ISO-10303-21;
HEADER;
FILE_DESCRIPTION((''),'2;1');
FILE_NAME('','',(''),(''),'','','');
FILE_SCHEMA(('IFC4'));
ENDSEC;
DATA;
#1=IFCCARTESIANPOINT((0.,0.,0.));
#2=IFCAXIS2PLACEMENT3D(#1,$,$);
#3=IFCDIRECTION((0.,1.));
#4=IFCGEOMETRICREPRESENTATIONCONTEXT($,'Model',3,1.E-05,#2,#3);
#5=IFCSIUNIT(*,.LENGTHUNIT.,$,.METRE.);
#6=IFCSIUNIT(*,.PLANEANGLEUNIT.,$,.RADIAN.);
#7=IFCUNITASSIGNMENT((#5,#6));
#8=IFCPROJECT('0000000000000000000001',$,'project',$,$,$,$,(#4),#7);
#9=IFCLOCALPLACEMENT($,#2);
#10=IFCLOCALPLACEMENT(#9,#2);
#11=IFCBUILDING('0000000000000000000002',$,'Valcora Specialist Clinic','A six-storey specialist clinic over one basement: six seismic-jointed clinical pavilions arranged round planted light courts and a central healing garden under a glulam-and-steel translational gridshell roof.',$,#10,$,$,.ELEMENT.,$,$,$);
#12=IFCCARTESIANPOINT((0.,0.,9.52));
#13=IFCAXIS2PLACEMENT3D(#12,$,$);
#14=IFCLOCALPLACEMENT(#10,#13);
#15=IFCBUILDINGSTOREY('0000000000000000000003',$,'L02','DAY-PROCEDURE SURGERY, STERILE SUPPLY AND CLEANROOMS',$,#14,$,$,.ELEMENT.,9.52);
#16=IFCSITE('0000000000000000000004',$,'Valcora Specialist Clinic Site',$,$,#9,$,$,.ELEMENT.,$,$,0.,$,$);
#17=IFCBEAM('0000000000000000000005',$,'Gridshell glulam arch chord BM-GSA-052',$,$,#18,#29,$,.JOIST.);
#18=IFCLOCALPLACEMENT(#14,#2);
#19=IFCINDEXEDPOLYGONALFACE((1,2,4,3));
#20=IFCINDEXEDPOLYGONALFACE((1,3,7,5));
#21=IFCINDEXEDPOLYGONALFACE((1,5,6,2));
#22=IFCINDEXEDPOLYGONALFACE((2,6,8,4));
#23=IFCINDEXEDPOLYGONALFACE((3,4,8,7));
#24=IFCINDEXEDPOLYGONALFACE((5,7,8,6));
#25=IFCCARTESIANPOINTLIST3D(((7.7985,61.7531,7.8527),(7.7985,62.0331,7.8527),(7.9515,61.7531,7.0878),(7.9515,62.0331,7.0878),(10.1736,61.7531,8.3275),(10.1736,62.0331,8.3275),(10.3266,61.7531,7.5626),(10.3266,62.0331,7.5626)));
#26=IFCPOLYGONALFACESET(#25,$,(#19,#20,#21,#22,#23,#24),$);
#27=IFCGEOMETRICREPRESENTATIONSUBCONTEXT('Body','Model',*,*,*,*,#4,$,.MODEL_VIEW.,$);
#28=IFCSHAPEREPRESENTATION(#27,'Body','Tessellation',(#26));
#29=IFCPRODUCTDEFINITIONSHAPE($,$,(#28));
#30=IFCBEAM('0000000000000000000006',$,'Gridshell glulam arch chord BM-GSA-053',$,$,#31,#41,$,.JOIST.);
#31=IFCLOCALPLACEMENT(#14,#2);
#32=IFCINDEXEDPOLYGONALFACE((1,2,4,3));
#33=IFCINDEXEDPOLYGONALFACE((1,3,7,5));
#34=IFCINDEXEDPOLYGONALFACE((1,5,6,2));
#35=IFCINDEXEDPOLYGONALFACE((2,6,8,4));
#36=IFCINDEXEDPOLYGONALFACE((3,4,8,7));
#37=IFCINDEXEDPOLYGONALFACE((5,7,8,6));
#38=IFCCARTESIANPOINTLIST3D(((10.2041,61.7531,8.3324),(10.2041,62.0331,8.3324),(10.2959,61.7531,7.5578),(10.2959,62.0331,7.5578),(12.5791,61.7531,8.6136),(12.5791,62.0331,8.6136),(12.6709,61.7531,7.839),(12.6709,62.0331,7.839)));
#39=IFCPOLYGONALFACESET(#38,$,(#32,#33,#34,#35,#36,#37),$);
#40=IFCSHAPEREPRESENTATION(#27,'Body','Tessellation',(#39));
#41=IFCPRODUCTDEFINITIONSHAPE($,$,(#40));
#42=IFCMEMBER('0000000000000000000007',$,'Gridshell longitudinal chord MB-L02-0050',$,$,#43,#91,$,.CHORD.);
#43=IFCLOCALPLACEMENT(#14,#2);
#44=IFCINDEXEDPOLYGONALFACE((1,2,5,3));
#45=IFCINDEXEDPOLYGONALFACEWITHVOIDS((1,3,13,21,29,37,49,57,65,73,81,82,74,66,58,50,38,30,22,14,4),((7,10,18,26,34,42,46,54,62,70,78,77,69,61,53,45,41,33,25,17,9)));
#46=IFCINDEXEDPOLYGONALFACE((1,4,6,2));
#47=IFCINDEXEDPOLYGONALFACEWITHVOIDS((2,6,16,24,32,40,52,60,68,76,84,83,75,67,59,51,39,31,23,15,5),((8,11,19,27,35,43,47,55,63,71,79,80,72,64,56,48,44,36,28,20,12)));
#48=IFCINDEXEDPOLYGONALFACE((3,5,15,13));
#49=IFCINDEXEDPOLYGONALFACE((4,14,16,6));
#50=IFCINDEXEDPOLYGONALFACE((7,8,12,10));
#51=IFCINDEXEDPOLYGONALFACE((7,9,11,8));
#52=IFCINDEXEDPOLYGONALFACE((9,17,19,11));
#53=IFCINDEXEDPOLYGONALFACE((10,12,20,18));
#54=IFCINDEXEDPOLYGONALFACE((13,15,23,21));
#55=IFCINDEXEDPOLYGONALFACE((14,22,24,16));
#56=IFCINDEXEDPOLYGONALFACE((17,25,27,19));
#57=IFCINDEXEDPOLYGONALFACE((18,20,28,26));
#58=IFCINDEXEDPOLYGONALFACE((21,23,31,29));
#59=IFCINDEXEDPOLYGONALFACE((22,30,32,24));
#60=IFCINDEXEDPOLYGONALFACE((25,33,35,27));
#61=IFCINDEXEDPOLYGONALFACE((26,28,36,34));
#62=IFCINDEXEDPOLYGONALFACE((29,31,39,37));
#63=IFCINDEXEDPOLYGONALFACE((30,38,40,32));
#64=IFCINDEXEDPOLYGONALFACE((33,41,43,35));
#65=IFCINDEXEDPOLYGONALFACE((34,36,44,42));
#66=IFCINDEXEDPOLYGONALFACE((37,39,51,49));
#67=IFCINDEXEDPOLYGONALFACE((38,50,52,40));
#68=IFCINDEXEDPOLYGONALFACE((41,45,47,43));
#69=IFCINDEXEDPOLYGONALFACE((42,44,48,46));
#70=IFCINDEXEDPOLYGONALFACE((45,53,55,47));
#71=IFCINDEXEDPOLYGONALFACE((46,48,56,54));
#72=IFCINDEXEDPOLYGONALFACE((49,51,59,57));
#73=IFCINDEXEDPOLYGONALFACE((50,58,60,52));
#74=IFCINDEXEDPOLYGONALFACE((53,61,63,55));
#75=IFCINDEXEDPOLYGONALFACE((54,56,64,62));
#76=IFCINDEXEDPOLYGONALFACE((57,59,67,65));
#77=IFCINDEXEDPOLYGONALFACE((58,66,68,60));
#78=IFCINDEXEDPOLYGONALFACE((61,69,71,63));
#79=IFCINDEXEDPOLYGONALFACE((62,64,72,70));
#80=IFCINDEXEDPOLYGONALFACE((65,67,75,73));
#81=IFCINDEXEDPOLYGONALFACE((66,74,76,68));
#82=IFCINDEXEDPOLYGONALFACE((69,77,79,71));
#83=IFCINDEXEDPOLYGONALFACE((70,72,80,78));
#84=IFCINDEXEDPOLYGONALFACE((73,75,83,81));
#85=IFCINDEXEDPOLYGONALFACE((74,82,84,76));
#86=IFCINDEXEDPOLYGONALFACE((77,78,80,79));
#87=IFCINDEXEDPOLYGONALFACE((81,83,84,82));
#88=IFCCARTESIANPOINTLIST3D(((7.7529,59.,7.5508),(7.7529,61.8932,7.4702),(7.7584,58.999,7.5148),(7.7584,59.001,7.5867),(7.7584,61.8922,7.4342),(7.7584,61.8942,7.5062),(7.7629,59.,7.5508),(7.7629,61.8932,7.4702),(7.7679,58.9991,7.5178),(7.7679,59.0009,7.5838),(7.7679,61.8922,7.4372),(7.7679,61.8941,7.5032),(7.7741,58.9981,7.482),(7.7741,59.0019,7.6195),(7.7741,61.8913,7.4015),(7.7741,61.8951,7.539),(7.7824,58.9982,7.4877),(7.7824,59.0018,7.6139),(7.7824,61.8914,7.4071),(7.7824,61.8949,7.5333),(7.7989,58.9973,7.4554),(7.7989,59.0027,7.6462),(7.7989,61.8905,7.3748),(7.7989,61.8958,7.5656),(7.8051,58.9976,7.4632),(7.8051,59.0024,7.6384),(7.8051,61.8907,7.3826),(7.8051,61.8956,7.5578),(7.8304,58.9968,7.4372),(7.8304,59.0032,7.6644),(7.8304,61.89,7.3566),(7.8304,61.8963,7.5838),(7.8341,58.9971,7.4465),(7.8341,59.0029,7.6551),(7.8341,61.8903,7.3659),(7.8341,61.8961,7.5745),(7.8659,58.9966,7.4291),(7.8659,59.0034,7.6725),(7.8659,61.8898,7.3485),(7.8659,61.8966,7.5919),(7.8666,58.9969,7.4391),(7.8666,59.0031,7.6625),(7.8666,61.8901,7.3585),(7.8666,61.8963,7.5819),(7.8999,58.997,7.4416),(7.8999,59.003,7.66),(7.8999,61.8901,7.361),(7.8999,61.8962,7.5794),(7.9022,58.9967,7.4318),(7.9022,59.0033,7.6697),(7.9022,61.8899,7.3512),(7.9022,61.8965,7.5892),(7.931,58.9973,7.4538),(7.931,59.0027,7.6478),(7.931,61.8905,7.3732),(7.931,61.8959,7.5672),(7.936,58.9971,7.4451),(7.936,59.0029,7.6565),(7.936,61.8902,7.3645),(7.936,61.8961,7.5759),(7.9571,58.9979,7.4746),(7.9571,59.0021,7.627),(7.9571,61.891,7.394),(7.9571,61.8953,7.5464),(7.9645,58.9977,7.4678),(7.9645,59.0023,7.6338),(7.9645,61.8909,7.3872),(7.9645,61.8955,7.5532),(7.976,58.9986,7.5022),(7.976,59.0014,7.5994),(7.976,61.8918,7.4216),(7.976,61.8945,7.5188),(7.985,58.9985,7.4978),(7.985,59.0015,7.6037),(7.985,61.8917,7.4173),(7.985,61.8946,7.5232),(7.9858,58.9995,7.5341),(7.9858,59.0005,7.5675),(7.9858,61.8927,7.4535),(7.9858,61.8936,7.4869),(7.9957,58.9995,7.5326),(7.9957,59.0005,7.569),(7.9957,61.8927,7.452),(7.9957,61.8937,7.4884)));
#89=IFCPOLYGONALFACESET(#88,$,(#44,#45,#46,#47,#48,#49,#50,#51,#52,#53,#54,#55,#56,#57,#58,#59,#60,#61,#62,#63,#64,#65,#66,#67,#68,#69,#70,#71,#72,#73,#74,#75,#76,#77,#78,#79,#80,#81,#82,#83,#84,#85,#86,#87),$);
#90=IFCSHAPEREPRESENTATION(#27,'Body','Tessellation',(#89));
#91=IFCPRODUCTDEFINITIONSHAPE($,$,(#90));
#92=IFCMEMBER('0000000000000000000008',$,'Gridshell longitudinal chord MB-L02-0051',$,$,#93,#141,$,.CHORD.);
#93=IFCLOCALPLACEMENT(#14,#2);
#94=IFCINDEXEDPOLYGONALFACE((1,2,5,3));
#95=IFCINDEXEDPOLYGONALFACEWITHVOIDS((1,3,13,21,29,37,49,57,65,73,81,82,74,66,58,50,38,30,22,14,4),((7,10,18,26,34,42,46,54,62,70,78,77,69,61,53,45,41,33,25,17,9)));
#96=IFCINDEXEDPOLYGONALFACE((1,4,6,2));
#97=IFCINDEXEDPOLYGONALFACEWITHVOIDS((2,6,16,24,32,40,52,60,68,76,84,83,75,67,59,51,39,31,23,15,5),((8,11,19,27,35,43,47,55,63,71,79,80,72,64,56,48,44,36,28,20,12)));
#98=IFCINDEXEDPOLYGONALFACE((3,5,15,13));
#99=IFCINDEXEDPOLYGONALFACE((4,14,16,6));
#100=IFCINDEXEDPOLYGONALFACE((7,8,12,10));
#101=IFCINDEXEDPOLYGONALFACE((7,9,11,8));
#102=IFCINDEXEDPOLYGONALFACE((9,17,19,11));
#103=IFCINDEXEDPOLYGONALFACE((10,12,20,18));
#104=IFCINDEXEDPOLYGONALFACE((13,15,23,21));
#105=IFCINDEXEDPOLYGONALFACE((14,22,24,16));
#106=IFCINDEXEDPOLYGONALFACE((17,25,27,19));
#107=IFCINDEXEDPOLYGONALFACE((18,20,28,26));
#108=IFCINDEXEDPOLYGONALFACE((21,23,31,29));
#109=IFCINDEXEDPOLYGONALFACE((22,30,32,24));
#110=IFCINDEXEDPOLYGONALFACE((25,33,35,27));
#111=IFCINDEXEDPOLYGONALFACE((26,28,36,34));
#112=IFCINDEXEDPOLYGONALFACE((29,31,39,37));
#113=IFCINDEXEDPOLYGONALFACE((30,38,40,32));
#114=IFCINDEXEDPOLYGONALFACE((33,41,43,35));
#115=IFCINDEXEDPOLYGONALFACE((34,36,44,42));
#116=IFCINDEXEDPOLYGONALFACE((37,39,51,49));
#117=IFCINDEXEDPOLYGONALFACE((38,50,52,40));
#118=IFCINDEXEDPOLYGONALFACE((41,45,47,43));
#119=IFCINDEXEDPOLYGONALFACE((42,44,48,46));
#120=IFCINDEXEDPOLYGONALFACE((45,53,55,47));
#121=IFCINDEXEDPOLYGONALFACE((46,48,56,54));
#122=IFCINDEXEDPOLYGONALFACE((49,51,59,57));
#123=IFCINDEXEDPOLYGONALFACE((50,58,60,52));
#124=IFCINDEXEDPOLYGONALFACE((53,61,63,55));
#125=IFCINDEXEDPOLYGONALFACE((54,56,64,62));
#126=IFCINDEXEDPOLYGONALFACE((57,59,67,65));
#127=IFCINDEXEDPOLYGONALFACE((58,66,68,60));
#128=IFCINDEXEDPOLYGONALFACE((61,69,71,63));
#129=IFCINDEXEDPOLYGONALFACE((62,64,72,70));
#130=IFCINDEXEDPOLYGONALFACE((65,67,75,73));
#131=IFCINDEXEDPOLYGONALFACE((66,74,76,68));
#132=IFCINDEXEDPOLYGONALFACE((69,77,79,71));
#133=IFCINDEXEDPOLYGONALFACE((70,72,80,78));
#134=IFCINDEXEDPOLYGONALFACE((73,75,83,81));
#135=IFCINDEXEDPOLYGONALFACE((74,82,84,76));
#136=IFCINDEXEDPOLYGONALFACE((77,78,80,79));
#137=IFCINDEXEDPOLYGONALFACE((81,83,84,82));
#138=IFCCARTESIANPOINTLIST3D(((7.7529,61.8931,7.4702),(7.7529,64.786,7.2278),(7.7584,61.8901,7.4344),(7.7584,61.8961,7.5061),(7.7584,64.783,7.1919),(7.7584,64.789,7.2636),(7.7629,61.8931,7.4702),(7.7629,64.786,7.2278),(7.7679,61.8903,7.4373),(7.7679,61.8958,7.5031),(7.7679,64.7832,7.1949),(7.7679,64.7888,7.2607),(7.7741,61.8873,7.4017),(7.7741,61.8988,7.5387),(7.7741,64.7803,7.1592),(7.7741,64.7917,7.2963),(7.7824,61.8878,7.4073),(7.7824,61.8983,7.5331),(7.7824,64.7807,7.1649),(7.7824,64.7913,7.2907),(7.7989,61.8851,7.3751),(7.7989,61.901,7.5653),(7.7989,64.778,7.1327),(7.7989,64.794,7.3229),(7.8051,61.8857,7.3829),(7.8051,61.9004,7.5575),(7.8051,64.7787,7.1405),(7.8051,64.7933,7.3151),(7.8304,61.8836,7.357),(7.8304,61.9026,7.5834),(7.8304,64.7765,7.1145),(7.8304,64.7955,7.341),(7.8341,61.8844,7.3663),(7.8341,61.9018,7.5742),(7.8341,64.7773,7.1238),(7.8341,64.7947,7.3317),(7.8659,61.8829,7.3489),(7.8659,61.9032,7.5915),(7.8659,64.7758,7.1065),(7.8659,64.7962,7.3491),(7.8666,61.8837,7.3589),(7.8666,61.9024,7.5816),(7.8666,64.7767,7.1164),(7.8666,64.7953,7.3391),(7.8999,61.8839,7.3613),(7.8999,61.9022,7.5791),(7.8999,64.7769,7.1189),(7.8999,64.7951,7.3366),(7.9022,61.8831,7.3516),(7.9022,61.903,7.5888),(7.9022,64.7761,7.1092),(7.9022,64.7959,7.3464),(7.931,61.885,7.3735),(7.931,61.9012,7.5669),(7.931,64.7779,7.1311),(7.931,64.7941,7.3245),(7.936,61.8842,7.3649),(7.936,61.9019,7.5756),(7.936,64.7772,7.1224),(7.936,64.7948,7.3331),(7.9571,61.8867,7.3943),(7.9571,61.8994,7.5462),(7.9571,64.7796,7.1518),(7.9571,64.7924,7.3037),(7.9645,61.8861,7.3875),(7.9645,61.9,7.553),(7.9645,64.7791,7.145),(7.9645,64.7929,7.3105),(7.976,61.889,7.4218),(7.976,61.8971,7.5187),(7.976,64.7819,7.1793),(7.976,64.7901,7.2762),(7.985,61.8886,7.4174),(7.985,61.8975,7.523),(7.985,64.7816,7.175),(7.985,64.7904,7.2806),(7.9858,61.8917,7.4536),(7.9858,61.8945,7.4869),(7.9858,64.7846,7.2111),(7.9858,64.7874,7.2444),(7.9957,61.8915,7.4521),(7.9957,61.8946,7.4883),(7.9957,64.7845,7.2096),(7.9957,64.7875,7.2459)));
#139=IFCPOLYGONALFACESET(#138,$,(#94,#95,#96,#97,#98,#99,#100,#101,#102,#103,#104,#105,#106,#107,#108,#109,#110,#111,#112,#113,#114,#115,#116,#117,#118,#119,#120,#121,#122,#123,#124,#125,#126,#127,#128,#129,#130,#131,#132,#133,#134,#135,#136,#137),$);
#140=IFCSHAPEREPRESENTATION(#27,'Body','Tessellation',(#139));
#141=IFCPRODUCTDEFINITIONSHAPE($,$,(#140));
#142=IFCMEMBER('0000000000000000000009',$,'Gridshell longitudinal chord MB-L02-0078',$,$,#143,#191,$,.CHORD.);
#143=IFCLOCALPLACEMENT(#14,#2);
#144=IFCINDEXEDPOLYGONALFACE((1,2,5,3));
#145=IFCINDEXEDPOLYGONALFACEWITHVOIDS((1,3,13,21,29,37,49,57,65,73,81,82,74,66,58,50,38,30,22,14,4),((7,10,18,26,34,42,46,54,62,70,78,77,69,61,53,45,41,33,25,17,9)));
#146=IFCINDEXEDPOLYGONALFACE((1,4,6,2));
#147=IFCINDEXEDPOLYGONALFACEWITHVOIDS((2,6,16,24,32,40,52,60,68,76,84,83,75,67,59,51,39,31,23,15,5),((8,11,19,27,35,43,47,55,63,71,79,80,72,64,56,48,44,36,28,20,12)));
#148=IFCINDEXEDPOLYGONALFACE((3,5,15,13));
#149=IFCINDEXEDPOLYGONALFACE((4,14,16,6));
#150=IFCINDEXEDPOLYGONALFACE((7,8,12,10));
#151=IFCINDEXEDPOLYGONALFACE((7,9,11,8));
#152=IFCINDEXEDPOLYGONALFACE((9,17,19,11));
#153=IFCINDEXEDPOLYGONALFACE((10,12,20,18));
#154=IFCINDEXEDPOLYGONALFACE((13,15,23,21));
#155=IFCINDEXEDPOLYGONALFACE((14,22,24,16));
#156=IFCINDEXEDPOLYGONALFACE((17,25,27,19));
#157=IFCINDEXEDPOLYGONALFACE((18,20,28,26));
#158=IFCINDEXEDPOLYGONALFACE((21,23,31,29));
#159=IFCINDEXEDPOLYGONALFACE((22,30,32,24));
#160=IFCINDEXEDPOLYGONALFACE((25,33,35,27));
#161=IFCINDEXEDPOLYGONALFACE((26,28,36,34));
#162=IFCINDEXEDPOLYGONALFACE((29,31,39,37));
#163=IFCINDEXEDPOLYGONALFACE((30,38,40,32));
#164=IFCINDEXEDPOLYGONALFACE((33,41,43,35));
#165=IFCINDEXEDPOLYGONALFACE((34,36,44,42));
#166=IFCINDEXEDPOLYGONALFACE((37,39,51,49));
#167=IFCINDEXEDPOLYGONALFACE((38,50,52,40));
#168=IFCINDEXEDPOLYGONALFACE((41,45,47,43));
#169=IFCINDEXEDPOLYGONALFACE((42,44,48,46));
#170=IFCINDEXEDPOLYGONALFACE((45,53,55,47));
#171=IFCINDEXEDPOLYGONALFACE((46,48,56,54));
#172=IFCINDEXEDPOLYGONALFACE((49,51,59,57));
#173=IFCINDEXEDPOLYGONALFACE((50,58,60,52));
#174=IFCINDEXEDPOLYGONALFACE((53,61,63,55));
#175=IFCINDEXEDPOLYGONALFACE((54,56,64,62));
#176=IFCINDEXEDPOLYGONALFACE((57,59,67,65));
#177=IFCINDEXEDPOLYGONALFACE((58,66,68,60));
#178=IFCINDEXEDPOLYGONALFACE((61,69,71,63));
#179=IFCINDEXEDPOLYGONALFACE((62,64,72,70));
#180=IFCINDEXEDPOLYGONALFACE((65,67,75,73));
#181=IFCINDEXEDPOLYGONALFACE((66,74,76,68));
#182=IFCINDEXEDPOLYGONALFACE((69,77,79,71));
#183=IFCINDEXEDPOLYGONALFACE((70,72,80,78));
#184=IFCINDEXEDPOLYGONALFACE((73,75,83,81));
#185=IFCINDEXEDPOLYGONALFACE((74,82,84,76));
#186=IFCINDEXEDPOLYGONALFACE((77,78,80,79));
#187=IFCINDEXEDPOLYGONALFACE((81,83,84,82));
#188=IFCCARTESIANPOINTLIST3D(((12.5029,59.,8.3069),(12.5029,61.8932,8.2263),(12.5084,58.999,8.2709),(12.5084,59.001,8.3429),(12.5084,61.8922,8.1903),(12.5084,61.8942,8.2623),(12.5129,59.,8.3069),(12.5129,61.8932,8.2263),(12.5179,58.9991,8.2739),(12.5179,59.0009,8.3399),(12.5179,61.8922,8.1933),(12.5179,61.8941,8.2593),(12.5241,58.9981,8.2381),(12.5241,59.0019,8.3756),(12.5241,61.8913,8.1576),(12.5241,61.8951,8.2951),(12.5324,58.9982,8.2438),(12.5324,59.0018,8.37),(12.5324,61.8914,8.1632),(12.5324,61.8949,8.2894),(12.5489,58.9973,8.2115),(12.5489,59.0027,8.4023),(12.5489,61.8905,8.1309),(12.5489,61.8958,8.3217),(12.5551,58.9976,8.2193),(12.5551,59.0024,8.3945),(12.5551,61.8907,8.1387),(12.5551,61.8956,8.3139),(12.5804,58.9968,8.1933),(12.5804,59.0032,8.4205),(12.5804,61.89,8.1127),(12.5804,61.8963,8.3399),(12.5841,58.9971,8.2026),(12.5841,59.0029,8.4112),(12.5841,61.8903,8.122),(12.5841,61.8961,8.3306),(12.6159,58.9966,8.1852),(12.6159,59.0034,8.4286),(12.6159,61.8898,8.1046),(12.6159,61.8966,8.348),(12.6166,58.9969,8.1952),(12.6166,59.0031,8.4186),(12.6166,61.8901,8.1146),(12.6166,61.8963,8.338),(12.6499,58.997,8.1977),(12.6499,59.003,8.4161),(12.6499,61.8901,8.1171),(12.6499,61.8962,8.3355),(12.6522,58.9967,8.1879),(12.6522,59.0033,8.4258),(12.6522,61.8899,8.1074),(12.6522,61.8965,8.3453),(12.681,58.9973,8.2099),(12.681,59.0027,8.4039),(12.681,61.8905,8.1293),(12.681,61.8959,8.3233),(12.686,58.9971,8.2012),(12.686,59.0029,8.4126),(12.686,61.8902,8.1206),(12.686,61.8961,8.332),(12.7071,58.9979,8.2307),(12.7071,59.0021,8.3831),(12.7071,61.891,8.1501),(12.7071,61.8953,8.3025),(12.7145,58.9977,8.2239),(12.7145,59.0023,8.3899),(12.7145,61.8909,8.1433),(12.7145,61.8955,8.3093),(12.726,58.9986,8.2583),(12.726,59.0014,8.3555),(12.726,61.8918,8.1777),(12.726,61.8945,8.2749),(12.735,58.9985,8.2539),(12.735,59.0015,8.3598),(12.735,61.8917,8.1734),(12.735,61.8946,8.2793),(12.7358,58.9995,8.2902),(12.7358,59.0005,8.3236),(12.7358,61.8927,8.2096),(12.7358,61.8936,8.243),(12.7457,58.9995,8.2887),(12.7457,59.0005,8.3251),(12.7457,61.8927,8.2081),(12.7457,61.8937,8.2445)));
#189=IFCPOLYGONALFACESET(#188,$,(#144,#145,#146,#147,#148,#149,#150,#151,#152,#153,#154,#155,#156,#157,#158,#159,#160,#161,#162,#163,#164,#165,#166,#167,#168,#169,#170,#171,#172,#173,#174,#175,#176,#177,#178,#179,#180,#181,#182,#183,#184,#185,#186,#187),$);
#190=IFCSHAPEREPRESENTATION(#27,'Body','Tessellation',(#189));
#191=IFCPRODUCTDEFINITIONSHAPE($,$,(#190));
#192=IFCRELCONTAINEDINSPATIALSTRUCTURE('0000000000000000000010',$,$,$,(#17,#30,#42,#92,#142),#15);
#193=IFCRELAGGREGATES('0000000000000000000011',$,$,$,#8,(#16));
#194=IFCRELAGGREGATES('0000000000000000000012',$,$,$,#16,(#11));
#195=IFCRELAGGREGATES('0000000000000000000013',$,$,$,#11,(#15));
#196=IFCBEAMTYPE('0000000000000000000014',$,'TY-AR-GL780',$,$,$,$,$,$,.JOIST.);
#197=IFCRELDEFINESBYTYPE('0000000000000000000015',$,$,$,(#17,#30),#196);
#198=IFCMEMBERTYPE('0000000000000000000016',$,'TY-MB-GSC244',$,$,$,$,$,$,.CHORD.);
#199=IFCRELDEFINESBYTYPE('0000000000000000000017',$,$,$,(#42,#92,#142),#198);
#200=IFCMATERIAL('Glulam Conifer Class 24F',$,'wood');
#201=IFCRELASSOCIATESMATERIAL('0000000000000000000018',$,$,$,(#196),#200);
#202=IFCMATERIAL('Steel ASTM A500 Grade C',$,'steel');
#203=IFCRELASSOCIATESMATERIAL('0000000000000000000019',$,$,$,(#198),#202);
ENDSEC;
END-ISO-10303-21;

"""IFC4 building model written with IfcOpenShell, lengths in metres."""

from ifc_helpers import new_model, si_unit, direction, frame, origin, origin_2d, place, context, subcontext, project, spatial, rectangle, hollow_circle, extrude, material, material_profile, profile_set, type_object, element, save


model = new_model("IFC4")

# Units and contexts
model_context = context("Model", 3, precision=1e-05, world=origin(), true_north=direction((0.0, 1.0)))
body_context = subcontext(model_context, "Body", "Model", "MODEL_VIEW")
ifc_project = project(units=[si_unit("LENGTHUNIT", "METRE"), si_unit("PLANEANGLEUNIT", "RADIAN")], contexts=[model_context])

# Site, building, storey
site_placement = place(None, origin())
site = spatial("IfcSite", under=ifc_project, at=site_placement, Name="Valcora Specialist Clinic Site", CompositionType="ELEMENT", RefElevation=0.0)
building_placement = place(site_placement, origin())
building = spatial("IfcBuilding", under=site, at=building_placement, Name="Valcora Specialist Clinic", Description="A six-storey specialist clinic over one basement: six seismic-jointed clinical pavilions arranged round planted light courts and a central healing garden under a glulam-and-steel translational gridshell roof.", CompositionType="ELEMENT")
storey_placement = place(building_placement, frame((0.0, 0.0, 9.52)))
storey = spatial("IfcBuildingStorey", under=building, at=storey_placement, Name="L02", Description="DAY-PROCEDURE SURGERY, STERILE SUPPLY AND CLEANROOMS", CompositionType="ELEMENT", Elevation=9.52)

# Beams
ifc_material_1 = material(Name="Glulam Conifer Class 24F", Category="wood")
ifc_material_profile_1 = material_profile(ifc_material_1, rectangle(XDim=0.28, YDim=0.78, at=origin_2d()), Name="GL-ARC-280X780")
ifc_profile_set_1 = profile_set([ifc_material_profile_1], Name="Glulam Conifer Class 24F")
beam_type = type_object("IfcBeamType", Name="TY-AR-GL780", PredefinedType="JOIST", material=ifc_profile_set_1)
beam_1_placement = place(storey_placement, frame((7.875, 61.8931, 7.4702), z_axis=(0.980592, 0.0, 0.196058), x_axis=(0.0, 1.0, 0.0)))
element("IfcBeam", 1, at=beam_1_placement, inside=storey, type_object=beam_type, Name="Gridshell glulam arch chord BM-GSA-052", PredefinedType="JOIST", context=body_context, shape_type="SweptSolid", body=[
    extrude(rectangle(XDim=0.28, YDim=0.78, at=origin_2d()), origin(), (0.0, 0.0, 1.0), 2.4221),
])
beam_2_placement = place(storey_placement, frame((10.25, 61.8931, 7.9451), z_axis=(0.993061, 0.0, 0.117599), x_axis=(0.0, 1.0, 0.0)))
element("IfcBeam", 2, at=beam_2_placement, inside=storey, type_object=beam_type, Name="Gridshell glulam arch chord BM-GSA-053", PredefinedType="JOIST", context=body_context, shape_type="SweptSolid", body=[
    extrude(rectangle(XDim=0.28, YDim=0.78, at=origin_2d()), origin(), (0.0, 0.0, 1.0), 2.3916),
])

# Members
ifc_material_2 = material(Name="Steel ASTM A500 Grade C", Category="steel")
ifc_material_profile_2 = material_profile(ifc_material_2, hollow_circle(Radius=0.1221, WallThickness=0.01, at=origin_2d()), Name="ST-CHS-244X10")
ifc_profile_set_2 = profile_set([ifc_material_profile_2], Name="Steel ASTM A500 Grade C")
member_type_1 = type_object("IfcMemberType", Name="TY-MB-GSC244", PredefinedType="CHORD", material=ifc_profile_set_2)
member_1_placement = place(storey_placement, frame((7.875, 59.0, 7.5508), z_axis=(0.0, 0.999612, -0.027837), x_axis=(-1.0, 0.0, 0.0)))
element("IfcMember", 3, at=member_1_placement, inside=storey, type_object=member_type_1, Name="Gridshell longitudinal chord MB-L02-0050", PredefinedType="CHORD", context=body_context, shape_type="SweptSolid", body=[
    extrude(hollow_circle(Radius=0.1221, WallThickness=0.01, at=origin_2d()), origin(), (0.0, 0.0, 1.0), 2.8943),
])
member_2_placement = place(storey_placement, frame((7.875, 61.8931, 7.4702), z_axis=(0.0, 0.996507, -0.083512), x_axis=(-1.0, 0.0, 0.0)))
element("IfcMember", 4, at=member_2_placement, inside=storey, type_object=member_type_1, Name="Gridshell longitudinal chord MB-L02-0051", PredefinedType="CHORD", context=body_context, shape_type="SweptSolid", body=[
    extrude(hollow_circle(Radius=0.1221, WallThickness=0.01, at=origin_2d()), origin(), (0.0, 0.0, 1.0), 2.9031),
])
member_3_placement = place(storey_placement, frame((12.625, 59.0, 8.3069), z_axis=(0.0, 0.999612, -0.027837), x_axis=(-1.0, 0.0, 0.0)))
element("IfcMember", 5, at=member_3_placement, inside=storey, type_object=member_type_1, Name="Gridshell longitudinal chord MB-L02-0078", PredefinedType="CHORD", context=body_context, shape_type="SweptSolid", body=[
    extrude(hollow_circle(Radius=0.1221, WallThickness=0.01, at=origin_2d()), origin(), (0.0, 0.0, 1.0), 2.8943),
])

save(model, "model.ifc")
